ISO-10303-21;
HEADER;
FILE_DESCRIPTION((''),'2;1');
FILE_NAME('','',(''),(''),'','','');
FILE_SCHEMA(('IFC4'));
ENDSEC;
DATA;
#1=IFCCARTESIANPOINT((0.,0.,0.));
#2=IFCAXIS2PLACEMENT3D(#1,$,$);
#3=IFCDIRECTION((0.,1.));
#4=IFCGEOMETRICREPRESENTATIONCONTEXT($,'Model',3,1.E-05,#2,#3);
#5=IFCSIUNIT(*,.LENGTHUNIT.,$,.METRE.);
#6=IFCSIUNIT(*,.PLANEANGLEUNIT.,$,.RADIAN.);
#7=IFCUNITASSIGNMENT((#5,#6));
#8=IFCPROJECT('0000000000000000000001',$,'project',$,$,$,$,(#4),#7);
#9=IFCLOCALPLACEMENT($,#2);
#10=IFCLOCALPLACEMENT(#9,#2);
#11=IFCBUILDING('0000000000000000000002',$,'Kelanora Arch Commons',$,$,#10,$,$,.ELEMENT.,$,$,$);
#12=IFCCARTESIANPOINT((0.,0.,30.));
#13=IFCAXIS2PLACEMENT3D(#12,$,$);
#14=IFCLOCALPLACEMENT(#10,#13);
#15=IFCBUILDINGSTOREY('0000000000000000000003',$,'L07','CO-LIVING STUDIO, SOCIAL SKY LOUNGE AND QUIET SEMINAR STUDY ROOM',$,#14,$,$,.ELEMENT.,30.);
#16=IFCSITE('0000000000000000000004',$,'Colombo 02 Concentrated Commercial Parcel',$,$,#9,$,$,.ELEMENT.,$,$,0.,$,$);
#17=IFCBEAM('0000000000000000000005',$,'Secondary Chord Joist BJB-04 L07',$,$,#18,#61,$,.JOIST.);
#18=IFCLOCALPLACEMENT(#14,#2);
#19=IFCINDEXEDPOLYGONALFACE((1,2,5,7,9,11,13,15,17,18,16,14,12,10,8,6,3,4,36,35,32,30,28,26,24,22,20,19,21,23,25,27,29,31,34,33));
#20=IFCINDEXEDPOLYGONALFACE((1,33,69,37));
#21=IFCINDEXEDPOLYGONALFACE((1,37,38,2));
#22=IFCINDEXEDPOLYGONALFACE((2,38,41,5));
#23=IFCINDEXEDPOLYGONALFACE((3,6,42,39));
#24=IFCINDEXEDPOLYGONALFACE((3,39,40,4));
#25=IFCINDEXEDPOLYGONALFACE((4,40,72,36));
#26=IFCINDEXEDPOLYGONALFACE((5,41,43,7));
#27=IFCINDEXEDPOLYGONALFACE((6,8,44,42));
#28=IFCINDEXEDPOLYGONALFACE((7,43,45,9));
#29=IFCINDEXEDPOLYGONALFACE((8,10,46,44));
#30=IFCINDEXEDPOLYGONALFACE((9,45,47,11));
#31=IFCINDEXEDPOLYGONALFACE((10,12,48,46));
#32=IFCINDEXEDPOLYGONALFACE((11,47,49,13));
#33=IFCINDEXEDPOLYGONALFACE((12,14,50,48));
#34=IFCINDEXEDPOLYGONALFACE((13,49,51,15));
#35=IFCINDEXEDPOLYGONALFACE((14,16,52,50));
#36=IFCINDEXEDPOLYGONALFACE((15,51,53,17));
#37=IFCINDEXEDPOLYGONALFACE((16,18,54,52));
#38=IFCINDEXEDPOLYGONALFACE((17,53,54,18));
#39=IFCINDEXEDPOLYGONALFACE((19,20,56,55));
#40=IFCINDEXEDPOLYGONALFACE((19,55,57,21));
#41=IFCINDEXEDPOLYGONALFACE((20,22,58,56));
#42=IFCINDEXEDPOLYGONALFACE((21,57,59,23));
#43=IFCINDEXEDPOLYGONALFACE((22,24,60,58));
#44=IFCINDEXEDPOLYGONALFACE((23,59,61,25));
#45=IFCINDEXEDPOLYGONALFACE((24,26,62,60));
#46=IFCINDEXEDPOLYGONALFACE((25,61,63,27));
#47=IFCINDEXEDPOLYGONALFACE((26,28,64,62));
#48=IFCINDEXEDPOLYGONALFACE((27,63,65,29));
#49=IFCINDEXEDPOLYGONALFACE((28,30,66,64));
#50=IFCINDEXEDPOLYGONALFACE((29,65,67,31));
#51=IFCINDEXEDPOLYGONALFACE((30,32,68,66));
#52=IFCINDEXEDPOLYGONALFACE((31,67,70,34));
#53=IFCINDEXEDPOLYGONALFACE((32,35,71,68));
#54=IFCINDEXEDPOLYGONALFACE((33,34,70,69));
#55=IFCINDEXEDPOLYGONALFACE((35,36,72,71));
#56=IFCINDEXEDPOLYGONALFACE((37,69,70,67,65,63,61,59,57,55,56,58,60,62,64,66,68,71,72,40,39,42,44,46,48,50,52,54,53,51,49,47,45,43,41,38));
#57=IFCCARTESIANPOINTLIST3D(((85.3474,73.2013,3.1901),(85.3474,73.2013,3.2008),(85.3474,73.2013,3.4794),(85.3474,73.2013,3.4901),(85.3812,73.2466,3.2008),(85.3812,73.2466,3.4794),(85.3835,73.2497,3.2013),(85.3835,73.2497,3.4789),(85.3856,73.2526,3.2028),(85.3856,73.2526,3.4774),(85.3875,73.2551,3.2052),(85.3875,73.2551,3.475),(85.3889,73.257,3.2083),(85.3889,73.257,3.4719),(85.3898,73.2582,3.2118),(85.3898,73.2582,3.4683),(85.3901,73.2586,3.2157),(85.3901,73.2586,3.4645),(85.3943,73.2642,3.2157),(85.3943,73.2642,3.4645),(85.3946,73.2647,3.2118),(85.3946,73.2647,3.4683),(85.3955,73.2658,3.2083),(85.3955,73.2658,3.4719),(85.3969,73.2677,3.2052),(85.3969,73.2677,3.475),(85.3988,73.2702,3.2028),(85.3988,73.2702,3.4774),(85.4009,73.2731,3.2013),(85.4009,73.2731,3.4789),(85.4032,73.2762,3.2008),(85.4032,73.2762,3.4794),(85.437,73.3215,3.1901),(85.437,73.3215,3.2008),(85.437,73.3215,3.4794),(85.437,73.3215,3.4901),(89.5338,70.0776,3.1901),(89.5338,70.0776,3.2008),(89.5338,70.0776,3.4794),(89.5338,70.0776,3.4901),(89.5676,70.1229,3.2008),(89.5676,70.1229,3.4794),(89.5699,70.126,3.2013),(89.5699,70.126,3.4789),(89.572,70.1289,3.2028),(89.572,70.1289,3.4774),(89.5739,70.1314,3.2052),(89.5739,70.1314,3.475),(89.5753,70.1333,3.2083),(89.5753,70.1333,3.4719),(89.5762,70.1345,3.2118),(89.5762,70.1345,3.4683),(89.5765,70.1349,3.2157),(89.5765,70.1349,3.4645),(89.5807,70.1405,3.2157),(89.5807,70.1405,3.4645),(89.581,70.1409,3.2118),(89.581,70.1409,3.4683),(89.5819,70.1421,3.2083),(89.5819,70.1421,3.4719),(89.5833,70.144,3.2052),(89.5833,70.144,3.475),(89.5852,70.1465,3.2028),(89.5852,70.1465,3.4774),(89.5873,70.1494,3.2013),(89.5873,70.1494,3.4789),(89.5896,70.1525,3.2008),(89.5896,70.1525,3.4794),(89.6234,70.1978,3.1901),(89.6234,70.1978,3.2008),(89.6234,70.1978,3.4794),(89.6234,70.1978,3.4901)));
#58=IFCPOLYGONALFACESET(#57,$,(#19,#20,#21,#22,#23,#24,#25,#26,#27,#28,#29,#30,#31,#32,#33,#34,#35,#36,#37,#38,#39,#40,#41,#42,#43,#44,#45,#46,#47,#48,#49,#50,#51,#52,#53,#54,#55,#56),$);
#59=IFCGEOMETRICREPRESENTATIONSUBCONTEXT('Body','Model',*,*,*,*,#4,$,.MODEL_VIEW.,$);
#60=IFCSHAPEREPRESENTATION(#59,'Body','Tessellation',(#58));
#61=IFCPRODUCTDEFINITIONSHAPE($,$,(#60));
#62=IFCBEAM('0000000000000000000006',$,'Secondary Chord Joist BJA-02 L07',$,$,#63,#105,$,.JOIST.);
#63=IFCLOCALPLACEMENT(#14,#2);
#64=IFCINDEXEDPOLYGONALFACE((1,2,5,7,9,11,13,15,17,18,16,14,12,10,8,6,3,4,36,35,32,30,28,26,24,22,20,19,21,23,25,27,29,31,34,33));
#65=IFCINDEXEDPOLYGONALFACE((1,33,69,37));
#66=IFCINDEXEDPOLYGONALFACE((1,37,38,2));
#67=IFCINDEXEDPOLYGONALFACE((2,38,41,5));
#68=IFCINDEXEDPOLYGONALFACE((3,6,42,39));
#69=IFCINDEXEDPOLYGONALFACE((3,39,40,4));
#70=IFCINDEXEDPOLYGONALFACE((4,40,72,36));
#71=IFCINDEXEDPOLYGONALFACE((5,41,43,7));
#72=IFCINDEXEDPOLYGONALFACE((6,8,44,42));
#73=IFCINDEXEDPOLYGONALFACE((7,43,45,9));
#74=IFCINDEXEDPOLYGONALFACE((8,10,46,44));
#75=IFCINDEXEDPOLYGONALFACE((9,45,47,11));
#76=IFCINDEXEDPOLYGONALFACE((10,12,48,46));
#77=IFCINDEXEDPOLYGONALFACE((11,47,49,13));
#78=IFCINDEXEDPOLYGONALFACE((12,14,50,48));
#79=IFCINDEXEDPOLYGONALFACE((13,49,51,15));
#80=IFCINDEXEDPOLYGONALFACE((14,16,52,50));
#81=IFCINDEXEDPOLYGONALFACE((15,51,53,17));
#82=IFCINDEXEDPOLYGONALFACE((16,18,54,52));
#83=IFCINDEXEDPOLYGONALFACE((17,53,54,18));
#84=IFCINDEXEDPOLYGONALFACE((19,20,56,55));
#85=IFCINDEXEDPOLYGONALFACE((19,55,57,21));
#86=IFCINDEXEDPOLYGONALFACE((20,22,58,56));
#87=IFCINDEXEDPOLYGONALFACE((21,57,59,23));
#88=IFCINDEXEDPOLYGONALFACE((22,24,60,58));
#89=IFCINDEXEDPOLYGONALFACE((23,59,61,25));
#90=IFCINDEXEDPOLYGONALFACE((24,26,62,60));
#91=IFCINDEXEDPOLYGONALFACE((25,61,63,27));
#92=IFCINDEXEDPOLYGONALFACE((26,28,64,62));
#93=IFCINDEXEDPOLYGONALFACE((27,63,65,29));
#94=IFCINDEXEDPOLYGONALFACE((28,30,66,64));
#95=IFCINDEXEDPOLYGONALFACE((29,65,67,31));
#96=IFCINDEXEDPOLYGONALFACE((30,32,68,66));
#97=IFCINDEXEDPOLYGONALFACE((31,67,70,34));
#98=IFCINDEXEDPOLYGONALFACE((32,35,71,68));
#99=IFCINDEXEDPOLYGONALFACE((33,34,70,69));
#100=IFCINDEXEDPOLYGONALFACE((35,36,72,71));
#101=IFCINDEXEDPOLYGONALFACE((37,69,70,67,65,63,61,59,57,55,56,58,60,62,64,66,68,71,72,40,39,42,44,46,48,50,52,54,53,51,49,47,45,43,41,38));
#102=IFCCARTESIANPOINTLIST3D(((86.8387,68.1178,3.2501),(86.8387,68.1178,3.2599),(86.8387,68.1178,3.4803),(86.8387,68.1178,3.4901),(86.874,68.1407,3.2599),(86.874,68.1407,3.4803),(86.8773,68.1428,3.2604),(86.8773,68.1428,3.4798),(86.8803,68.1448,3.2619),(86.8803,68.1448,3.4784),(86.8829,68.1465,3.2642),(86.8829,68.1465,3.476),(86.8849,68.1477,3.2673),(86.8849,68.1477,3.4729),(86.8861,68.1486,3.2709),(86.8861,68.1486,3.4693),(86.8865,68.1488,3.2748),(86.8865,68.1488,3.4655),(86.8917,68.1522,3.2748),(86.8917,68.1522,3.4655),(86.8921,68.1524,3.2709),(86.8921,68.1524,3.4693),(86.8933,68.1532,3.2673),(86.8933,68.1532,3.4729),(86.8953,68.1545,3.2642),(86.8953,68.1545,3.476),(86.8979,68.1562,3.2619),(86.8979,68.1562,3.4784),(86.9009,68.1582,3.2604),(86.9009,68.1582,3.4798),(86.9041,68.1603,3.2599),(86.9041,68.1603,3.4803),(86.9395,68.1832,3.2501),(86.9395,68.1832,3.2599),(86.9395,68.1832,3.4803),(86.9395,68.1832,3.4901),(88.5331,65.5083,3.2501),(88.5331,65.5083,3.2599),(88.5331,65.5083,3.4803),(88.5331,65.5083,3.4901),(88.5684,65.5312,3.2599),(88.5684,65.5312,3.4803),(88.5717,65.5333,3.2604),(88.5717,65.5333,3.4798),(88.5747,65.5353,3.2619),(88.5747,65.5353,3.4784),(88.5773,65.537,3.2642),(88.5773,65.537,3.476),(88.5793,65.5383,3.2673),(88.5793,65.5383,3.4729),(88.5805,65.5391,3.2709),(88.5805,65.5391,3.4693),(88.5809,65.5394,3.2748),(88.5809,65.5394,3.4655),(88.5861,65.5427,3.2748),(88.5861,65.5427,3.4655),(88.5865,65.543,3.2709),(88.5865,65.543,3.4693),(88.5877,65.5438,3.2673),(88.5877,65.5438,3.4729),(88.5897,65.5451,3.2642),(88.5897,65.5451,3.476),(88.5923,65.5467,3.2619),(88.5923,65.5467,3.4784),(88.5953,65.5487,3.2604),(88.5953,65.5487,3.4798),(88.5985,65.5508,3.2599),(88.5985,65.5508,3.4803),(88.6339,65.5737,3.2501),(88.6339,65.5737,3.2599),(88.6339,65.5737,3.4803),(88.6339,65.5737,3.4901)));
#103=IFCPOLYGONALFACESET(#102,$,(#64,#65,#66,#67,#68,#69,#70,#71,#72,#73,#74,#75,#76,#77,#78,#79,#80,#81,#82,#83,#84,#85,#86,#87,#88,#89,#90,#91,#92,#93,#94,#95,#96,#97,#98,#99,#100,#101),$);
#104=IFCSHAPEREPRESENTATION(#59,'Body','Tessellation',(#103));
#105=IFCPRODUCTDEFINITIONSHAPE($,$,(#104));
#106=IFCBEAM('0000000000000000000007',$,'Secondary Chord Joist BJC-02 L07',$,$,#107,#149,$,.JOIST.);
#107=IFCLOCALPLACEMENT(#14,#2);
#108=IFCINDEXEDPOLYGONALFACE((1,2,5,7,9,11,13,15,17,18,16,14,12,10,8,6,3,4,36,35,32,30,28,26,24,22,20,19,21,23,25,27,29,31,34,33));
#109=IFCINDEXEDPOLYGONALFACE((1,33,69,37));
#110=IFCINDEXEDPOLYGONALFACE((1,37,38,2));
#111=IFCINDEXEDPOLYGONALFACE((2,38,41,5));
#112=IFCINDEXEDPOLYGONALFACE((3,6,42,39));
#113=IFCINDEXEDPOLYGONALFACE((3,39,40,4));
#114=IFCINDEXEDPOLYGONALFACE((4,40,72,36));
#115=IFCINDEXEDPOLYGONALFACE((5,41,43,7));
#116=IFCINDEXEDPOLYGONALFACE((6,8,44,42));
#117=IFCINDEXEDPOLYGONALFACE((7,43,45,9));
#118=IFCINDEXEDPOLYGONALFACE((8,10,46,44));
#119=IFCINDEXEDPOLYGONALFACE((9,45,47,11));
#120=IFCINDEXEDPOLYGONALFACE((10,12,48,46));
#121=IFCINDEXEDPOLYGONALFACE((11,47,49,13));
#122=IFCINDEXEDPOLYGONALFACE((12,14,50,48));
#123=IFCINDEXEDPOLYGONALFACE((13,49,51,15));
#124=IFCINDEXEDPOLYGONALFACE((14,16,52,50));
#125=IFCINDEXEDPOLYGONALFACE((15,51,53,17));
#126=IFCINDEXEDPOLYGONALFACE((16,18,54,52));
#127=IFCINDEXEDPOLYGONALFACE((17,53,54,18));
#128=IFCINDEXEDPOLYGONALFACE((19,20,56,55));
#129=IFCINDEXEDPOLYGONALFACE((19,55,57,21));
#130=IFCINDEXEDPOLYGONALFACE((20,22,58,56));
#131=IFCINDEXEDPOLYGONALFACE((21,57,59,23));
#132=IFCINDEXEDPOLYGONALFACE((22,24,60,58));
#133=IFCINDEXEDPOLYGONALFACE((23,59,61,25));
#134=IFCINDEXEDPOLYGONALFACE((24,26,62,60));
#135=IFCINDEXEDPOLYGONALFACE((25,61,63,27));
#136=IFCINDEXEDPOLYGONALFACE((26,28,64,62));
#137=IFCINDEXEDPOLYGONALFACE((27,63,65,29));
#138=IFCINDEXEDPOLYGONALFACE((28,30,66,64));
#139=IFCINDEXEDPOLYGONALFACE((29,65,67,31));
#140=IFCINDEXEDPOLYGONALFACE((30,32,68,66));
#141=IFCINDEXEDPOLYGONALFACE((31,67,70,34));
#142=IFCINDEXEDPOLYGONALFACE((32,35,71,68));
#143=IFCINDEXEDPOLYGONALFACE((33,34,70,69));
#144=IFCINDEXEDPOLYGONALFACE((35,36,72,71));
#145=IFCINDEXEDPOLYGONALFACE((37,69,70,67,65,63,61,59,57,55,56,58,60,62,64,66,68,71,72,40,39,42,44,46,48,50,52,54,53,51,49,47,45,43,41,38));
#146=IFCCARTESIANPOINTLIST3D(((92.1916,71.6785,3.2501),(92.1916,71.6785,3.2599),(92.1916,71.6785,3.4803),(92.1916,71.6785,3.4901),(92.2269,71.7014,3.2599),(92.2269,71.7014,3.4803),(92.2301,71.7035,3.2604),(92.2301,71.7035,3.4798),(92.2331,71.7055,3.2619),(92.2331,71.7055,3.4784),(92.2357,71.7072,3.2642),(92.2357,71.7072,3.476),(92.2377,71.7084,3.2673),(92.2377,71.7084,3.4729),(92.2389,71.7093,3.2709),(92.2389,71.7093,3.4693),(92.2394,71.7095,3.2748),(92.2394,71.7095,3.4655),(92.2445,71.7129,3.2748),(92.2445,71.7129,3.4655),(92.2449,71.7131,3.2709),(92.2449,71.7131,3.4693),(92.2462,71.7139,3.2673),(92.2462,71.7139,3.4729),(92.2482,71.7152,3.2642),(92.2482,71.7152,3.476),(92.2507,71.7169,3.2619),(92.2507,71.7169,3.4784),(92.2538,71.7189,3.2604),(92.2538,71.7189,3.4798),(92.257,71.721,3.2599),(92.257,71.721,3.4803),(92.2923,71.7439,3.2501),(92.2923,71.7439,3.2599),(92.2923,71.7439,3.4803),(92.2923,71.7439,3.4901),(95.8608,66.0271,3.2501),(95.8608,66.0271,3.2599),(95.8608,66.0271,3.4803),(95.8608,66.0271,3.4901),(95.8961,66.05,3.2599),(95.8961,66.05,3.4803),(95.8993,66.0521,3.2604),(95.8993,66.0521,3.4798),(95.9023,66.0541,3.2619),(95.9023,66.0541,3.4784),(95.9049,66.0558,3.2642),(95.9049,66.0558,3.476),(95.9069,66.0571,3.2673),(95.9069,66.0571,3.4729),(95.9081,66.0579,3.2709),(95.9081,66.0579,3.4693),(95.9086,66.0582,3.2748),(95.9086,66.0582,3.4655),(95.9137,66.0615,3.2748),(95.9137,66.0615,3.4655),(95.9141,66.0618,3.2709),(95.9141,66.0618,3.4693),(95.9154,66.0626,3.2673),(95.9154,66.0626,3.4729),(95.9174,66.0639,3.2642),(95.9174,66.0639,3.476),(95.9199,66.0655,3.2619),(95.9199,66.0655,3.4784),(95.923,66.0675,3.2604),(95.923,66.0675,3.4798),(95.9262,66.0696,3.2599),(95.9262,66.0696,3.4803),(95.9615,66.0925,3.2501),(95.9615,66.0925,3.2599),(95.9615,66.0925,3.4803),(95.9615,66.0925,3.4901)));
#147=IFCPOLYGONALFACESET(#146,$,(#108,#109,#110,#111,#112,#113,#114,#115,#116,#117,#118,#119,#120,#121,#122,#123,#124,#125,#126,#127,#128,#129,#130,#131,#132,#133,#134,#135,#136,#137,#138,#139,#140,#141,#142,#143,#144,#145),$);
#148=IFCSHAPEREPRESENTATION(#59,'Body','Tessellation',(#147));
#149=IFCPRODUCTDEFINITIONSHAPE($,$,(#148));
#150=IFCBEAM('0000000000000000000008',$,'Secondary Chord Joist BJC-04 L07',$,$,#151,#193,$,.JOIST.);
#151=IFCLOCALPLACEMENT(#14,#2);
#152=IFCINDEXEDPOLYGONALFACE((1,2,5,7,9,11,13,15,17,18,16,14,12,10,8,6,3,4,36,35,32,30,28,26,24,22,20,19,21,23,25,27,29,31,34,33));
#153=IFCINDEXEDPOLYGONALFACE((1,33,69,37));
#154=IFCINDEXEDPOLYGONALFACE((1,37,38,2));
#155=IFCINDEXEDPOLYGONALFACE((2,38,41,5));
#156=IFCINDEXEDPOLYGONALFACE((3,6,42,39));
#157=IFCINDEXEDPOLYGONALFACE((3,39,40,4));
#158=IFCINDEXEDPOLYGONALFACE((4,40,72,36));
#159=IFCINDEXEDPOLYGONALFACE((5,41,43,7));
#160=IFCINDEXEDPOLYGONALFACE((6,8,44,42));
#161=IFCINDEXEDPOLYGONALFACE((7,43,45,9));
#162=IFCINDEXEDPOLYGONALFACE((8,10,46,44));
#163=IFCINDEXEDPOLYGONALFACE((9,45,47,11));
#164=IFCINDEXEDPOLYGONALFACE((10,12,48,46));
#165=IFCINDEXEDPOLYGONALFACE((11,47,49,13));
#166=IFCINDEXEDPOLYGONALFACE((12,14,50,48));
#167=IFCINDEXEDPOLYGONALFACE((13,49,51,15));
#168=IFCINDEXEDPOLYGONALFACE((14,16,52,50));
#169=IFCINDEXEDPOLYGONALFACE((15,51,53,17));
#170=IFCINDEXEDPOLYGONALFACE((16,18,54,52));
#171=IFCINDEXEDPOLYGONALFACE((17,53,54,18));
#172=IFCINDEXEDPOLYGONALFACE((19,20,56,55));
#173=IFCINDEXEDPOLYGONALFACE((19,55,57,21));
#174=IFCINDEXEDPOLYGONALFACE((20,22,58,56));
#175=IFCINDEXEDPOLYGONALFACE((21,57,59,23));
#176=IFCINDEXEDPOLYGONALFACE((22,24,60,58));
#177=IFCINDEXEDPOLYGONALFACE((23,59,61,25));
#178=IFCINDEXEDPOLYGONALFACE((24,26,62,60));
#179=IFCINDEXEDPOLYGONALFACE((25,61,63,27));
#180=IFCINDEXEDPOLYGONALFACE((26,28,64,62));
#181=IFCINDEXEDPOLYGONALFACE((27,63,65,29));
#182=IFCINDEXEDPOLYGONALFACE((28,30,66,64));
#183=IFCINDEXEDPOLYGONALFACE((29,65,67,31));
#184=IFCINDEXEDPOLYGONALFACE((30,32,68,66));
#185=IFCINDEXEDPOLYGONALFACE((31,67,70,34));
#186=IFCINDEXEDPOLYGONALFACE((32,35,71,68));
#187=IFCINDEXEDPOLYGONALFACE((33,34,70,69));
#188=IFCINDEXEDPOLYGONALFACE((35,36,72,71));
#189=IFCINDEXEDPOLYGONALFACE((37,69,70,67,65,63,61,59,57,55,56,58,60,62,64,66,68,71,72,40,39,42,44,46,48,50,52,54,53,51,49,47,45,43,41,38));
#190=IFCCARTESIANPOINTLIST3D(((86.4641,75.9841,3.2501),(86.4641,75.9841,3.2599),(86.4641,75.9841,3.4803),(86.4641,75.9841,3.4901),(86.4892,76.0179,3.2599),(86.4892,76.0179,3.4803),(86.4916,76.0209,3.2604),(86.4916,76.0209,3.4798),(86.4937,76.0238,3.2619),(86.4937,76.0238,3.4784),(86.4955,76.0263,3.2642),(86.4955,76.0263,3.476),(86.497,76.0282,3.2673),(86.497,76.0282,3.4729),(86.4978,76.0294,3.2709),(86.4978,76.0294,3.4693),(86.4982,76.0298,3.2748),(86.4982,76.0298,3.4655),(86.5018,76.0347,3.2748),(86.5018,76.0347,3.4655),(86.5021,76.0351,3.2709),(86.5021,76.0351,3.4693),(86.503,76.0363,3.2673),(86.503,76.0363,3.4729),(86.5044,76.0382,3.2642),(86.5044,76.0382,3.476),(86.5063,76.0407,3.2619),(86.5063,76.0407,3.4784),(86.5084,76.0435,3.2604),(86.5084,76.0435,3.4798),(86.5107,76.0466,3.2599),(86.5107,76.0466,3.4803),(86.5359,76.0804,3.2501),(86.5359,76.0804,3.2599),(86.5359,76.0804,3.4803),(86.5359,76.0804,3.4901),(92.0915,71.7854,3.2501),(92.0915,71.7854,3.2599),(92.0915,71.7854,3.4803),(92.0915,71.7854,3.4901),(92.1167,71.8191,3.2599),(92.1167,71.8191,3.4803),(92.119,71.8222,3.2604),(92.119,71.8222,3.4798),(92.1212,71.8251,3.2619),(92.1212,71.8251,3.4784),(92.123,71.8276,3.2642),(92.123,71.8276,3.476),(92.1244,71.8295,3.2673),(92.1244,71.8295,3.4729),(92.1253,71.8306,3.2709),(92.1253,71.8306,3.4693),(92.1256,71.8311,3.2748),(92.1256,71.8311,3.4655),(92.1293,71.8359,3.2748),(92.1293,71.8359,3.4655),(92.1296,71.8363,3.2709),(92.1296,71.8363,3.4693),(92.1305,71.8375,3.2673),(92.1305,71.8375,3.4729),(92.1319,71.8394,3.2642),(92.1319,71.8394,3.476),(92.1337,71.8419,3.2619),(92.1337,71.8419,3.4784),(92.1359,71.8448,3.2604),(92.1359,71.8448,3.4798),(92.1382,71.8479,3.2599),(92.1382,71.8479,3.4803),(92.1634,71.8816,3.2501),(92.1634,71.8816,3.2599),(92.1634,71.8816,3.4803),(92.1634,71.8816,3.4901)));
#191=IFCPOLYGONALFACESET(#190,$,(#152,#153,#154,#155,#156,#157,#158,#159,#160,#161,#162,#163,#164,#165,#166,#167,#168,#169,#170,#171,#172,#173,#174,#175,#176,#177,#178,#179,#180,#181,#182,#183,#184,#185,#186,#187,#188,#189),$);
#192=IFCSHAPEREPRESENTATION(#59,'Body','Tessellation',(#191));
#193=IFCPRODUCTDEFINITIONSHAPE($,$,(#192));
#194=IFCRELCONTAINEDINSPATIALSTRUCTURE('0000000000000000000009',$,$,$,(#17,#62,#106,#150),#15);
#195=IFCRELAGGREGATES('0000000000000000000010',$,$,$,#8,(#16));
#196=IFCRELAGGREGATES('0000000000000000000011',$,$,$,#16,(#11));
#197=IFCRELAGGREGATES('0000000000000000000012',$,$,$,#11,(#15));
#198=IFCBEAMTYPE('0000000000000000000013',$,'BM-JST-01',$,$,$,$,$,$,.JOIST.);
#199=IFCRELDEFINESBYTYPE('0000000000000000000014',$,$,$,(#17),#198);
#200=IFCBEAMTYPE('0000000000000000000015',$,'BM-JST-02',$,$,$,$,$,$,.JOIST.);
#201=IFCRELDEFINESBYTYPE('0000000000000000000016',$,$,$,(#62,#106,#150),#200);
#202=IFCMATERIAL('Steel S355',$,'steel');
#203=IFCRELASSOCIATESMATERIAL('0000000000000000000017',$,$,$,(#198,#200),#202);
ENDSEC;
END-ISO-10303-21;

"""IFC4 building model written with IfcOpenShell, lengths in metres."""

from ifc_helpers import new_model, si_unit, direction, frame, origin, origin_2d, place, context, subcontext, project, spatial, i_section, extrude, material, material_profile, profile_set, type_object, element, save


model = new_model("IFC4")

# Units and contexts
model_context = context("Model", 3, precision=1e-05, world=origin(), true_north=direction((0.0, 1.0)))
body_context = subcontext(model_context, "Body", "Model", "MODEL_VIEW")
ifc_project = project(units=[si_unit("LENGTHUNIT", "METRE"), si_unit("PLANEANGLEUNIT", "RADIAN")], contexts=[model_context])

# Site, building, storey
site_placement = place(None, origin())
site = spatial("IfcSite", under=ifc_project, at=site_placement, Name="Colombo 02 Concentrated Commercial Parcel", CompositionType="ELEMENT", RefElevation=0.0)
building_placement = place(site_placement, origin())
building = spatial("IfcBuilding", under=site, at=building_placement, Name="Kelanora Arch Commons", CompositionType="ELEMENT")
storey_placement = place(building_placement, frame((0.0, 0.0, 30.0)))
storey = spatial("IfcBuildingStorey", under=building, at=storey_placement, Name="L07", Description="CO-LIVING STUDIO, SOCIAL SKY LOUNGE AND QUIET SEMINAR STUDY ROOM", CompositionType="ELEMENT", Elevation=30.0)

# Beams
ifc_material_1 = material(Name="Steel S355", Category="steel")
ifc_material_profile_1 = material_profile(ifc_material_1, i_section(OverallWidth=0.1499, OverallDepth=0.3, WebThickness=0.0071, FlangeThickness=0.0107, FilletRadius=0.0149, at=origin_2d()), Name="IPE300")
ifc_profile_set_1 = profile_set([ifc_material_profile_1], Name="Steel S355")
beam_type_1 = type_object("IfcBeamType", Name="BM-JST-01", PredefinedType="JOIST", material=ifc_profile_set_1)
beam_1_placement = place(storey_placement, frame((89.5786, 70.1377, 3.3401), z_axis=(-0.801478, 0.598024, 0.0), x_axis=(-0.598024, -0.801478, 0.0)))
element("IfcBeam", 1, at=beam_1_placement, inside=storey, type_object=beam_type_1, Name="Secondary Chord Joist BJB-04 L07", PredefinedType="JOIST", context=body_context, shape_type="SweptSolid", body=[
    extrude(i_section(OverallWidth=0.1499, OverallDepth=0.3, WebThickness=0.0071, FlangeThickness=0.0107, FilletRadius=0.0149, at=origin_2d()), origin(), (0.0, 0.0, 1.0), 5.2234),
])
ifc_material_profile_2 = material_profile(ifc_material_1, i_section(OverallWidth=0.1201, OverallDepth=0.24, WebThickness=0.0061, FlangeThickness=0.0098, FilletRadius=0.0149, at=origin_2d()), Name="IPE240")
ifc_profile_set_2 = profile_set([ifc_material_profile_2], Name="Steel S355")
beam_type_2 = type_object("IfcBeamType", Name="BM-JST-02", PredefinedType="JOIST", material=ifc_profile_set_2)
beam_2_placement = place(storey_placement, frame((88.5835, 65.541, 3.3701), z_axis=(-0.544591, 0.838702, 0.0), x_axis=(-0.838702, -0.544591, 0.0)))
element("IfcBeam", 2, at=beam_2_placement, inside=storey, type_object=beam_type_2, Name="Secondary Chord Joist BJA-02 L07", PredefinedType="JOIST", context=body_context, shape_type="SweptSolid", body=[
    extrude(i_section(OverallWidth=0.1201, OverallDepth=0.24, WebThickness=0.0061, FlangeThickness=0.0098, FilletRadius=0.0149, at=origin_2d()), origin(), (0.0, 0.0, 1.0), 3.1113),
])
beam_3_placement = place(storey_placement, frame((95.9111, 66.0598, 3.3701), z_axis=(-0.54455, 0.838728, 0.0), x_axis=(-0.838728, -0.54455, 0.0)))
element("IfcBeam", 3, at=beam_3_placement, inside=storey, type_object=beam_type_2, Name="Secondary Chord Joist BJC-02 L07", PredefinedType="JOIST", context=body_context, shape_type="SweptSolid", body=[
    extrude(i_section(OverallWidth=0.1201, OverallDepth=0.24, WebThickness=0.0061, FlangeThickness=0.0098, FilletRadius=0.0149, at=origin_2d()), origin(), (0.0, 0.0, 1.0), 6.738),
])
beam_4_placement = place(storey_placement, frame((92.1274, 71.8335, 3.3701), z_axis=(-0.801491, 0.598006, 0.0), x_axis=(-0.598006, -0.801491, 0.0)))
element("IfcBeam", 4, at=beam_4_placement, inside=storey, type_object=beam_type_2, Name="Secondary Chord Joist BJC-04 L07", PredefinedType="JOIST", context=body_context, shape_type="SweptSolid", body=[
    extrude(i_section(OverallWidth=0.1201, OverallDepth=0.24, WebThickness=0.0061, FlangeThickness=0.0098, FilletRadius=0.0149, at=origin_2d()), origin(), (0.0, 0.0, 1.0), 7.0212),
])

save(model, "model.ifc")
